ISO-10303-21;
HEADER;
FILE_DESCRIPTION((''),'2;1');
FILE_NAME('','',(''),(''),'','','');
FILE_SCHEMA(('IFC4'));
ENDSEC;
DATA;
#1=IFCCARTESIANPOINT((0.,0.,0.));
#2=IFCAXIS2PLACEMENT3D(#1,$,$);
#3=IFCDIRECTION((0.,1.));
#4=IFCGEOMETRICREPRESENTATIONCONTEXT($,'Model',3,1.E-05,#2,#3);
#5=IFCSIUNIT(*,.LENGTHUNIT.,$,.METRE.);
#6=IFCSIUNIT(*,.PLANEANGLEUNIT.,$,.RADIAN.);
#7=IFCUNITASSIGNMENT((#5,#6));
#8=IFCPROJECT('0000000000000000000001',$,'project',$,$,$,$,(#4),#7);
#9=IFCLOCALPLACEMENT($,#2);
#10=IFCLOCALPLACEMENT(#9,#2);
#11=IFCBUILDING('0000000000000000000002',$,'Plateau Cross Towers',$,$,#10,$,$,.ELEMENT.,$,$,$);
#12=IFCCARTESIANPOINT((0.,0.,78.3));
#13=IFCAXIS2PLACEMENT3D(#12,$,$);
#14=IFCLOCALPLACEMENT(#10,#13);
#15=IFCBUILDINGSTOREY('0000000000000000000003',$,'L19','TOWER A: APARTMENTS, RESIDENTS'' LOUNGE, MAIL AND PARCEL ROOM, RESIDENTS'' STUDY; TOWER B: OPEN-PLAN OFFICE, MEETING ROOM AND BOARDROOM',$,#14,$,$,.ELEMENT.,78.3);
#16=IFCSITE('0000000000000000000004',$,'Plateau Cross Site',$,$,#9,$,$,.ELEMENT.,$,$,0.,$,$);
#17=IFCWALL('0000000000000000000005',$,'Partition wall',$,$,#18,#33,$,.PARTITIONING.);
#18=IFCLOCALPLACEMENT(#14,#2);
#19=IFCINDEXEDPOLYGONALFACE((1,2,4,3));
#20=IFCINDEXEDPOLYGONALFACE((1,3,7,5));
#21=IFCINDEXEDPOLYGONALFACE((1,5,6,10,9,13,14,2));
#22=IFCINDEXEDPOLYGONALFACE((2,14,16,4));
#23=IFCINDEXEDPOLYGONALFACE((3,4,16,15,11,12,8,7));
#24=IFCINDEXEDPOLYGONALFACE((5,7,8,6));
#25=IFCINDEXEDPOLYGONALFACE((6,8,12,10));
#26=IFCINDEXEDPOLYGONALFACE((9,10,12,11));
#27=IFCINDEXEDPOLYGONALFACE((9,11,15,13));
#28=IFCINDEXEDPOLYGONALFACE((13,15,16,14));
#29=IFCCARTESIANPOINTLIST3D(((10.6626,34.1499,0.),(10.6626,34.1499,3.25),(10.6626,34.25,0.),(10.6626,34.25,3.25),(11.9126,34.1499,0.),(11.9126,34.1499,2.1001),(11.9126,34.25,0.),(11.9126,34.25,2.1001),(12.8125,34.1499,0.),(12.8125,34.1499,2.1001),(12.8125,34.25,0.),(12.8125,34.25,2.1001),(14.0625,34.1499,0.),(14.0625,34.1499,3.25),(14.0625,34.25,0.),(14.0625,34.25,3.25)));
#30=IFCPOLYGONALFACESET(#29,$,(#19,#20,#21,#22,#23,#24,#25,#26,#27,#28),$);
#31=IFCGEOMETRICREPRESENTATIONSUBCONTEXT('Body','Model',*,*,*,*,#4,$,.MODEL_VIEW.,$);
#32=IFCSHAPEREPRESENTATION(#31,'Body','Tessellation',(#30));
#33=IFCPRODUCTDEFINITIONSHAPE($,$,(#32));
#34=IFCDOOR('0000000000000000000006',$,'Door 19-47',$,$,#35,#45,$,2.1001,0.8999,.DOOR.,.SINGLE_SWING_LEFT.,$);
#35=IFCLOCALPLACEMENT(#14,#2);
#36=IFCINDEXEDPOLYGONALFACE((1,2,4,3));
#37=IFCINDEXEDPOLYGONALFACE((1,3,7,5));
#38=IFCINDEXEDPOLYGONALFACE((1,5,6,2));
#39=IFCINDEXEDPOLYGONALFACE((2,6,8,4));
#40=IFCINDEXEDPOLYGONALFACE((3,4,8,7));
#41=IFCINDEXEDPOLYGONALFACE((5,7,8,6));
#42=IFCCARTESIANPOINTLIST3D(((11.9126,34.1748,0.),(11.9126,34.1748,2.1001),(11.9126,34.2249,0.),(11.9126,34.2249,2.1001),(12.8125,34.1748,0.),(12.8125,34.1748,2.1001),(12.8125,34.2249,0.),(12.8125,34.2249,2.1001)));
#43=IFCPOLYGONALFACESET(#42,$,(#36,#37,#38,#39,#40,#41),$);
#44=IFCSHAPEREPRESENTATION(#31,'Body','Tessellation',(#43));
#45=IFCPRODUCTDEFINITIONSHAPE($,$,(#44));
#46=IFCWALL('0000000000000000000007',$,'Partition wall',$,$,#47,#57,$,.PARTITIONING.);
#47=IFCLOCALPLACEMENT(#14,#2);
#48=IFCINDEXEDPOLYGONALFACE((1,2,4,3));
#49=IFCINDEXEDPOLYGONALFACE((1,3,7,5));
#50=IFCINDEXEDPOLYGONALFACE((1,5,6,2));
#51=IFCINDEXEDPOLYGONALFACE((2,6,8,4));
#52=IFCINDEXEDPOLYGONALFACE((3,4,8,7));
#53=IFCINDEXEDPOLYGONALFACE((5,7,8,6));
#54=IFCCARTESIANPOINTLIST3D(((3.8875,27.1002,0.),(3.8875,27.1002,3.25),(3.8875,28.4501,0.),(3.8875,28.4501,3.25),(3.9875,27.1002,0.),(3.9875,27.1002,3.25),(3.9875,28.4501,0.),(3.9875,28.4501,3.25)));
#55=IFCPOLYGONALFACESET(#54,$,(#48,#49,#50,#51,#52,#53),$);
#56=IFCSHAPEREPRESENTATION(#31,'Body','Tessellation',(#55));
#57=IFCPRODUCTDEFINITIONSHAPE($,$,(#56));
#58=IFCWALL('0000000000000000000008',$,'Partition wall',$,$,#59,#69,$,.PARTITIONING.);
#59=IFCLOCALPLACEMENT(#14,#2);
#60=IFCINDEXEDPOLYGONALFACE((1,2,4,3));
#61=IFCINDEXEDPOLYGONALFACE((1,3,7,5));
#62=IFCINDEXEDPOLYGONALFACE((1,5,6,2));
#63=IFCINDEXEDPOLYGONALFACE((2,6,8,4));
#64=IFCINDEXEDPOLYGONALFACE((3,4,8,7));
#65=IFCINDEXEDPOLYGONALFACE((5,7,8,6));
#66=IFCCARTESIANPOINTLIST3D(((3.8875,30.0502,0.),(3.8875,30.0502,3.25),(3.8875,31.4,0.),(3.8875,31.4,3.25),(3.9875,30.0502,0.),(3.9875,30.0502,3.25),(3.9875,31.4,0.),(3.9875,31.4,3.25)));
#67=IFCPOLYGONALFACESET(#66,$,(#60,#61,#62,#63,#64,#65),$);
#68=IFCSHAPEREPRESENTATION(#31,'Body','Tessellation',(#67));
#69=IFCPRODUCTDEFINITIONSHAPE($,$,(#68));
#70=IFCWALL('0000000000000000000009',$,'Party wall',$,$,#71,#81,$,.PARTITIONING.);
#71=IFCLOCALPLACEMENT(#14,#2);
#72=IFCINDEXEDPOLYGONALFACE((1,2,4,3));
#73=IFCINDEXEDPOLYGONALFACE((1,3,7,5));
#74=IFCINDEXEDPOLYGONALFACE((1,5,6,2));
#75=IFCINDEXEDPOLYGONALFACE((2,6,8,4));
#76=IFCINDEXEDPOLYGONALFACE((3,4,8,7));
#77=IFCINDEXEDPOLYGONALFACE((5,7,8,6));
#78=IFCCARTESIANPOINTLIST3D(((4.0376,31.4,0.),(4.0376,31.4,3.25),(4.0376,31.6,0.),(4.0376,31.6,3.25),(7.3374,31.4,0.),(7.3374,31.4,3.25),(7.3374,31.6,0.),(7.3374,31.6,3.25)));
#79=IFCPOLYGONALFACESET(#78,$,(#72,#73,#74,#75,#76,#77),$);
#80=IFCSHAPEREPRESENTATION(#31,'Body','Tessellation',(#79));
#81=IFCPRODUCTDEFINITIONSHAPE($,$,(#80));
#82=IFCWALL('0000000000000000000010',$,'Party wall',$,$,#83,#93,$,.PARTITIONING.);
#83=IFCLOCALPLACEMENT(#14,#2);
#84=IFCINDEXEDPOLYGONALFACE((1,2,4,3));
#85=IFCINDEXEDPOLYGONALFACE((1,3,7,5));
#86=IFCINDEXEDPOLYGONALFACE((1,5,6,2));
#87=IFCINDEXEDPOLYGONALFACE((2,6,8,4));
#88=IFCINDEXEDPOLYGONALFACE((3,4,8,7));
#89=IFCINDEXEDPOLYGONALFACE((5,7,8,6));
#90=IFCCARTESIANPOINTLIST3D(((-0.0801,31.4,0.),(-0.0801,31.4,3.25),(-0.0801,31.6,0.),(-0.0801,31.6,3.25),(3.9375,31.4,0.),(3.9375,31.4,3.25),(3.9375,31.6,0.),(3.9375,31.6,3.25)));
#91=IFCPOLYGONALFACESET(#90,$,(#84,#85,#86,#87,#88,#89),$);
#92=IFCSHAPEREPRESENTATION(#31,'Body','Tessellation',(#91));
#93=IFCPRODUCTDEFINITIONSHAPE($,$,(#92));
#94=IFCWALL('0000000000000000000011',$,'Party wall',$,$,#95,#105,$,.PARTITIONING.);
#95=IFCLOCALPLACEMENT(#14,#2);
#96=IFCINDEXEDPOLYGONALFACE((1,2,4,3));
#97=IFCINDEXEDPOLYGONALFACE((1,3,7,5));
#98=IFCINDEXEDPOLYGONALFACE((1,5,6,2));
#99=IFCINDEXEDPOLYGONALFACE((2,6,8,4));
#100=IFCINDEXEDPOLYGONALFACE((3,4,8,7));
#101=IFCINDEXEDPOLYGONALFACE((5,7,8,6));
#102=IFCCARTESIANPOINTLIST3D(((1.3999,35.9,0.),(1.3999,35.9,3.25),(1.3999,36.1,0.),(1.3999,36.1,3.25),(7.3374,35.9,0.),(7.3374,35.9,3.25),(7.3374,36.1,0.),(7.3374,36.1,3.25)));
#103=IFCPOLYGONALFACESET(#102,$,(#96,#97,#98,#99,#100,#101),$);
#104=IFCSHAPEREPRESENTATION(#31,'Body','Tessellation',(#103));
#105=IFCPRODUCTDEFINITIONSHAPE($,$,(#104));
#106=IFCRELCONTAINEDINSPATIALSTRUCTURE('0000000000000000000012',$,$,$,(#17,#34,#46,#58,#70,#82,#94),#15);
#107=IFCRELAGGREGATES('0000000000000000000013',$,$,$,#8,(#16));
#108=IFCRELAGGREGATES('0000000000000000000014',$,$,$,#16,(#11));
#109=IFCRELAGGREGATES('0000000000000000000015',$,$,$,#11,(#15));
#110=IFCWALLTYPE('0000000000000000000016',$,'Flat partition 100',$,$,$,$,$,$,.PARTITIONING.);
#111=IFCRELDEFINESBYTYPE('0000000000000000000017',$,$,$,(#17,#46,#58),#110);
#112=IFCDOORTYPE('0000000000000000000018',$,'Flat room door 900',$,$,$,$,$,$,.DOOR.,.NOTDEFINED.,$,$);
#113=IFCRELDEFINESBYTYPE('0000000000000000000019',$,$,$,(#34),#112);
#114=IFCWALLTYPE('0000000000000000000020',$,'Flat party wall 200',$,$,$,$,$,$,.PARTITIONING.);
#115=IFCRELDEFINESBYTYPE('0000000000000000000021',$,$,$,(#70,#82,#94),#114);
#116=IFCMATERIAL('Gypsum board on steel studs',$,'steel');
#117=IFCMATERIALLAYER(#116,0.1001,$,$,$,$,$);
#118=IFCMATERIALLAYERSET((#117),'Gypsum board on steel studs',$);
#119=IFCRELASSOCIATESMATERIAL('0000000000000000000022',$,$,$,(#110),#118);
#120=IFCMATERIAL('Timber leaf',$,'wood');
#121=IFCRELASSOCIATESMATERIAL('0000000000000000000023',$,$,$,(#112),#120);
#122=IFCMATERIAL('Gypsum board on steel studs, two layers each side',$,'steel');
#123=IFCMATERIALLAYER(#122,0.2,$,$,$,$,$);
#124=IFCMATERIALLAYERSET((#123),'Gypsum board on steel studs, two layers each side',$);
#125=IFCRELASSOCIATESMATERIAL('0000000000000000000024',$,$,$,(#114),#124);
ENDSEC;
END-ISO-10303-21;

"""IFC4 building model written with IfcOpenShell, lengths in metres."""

from ifc_helpers import new_model, si_unit, direction, frame, frame_2d, origin, place, context, subcontext, project, spatial, rectangle, extrude, material, layer, layer_set, type_object, element, fill, save


model = new_model("IFC4")

# Units and contexts
model_context = context("Model", 3, precision=1e-05, world=origin(), true_north=direction((0.0, 1.0)))
body_context = subcontext(model_context, "Body", "Model", "MODEL_VIEW")
ifc_project = project(units=[si_unit("LENGTHUNIT", "METRE"), si_unit("PLANEANGLEUNIT", "RADIAN")], contexts=[model_context])

# Site, building, storey
site_placement = place(None, origin())
site = spatial("IfcSite", under=ifc_project, at=site_placement, Name="Plateau Cross Site", CompositionType="ELEMENT", RefElevation=0.0)
building_placement = place(site_placement, origin())
building = spatial("IfcBuilding", under=site, at=building_placement, Name="Plateau Cross Towers", CompositionType="ELEMENT")
storey_placement = place(building_placement, frame((0.0, 0.0, 78.3)))
storey = spatial("IfcBuildingStorey", under=building, at=storey_placement, Name="L19", Description="TOWER A: APARTMENTS, RESIDENTS' LOUNGE, MAIL AND PARCEL ROOM, RESIDENTS' STUDY; TOWER B: OPEN-PLAN OFFICE, MEETING ROOM AND BOARDROOM", CompositionType="ELEMENT", Elevation=78.3)

# Wall, opening, door
ifc_material_1 = material(Name="Gypsum board on steel studs", Category="steel")
ifc_layer_1 = layer(ifc_material_1, 0.1001)
ifc_layer_set_1 = layer_set([ifc_layer_1], Name="Gypsum board on steel studs")
wall_type_1 = type_object("IfcWallType", Name="Flat partition 100", PredefinedType="PARTITIONING", material=ifc_layer_set_1)
ifc_material_2 = material(Name="Timber leaf", Category="wood")
door_type = type_object("IfcDoorType", Name="Flat room door 900", OperationType="NOTDEFINED", PredefinedType="DOOR", material=ifc_material_2)
wall_1_placement = place(storey_placement, frame((10.6626, 34.2, 0.0), z_axis=(0.0, 0.0, 1.0), x_axis=(1.0, 0.0, 0.0)))
wall_1 = element("IfcWall", 1, at=wall_1_placement, inside=storey, type_object=wall_type_1, Name="Partition wall", PredefinedType="PARTITIONING", context=body_context, shape_type="SweptSolid", body=[
    extrude(rectangle(XDim=3.3999, YDim=0.1001, at=frame_2d((1.7, 0.0))), origin(), (0.0, 0.0, 1.0), 3.25),
])
opening_1_placement = place(wall_1_placement, frame((1.25, 0.0, 0.0)))
opening_1 = element("IfcOpeningElement", 2, at=opening_1_placement, cuts=wall_1, PredefinedType="OPENING", context=body_context, shape_type="SweptSolid", body=[
    extrude(rectangle(XDim=0.8999, YDim=2.1001, at=frame_2d((0.45, 1.05))), frame((0.0, 0.0601, 0.0), z_axis=(0.0, -1.0, 0.0), x_axis=(1.0, 0.0, 0.0)), (0.0, 0.0, 1.0), 0.1201),
])
door_1_placement = place(opening_1_placement, origin())
door_1 = element("IfcDoor", 3, at=door_1_placement, inside=storey, type_object=door_type, Name="Door 19-47", OperationType="SINGLE_SWING_LEFT", OverallHeight=2.1001, OverallWidth=0.8999, PredefinedType="DOOR", context=body_context, shape_type="SweptSolid", body=[
    extrude(rectangle(XDim=0.8999, YDim=2.1001, at=frame_2d((0.45, 1.05))), frame((0.0, 0.0249, 0.0), z_axis=(0.0, -1.0, 0.0), x_axis=(1.0, 0.0, 0.0)), (0.0, 0.0, 1.0), 0.05),
])
fill(opening_1, door_1)

# Walls
for number, where, z_axis, x_axis, name in (
    (4, (3.9375, 28.45, 0.0), (0.0, 0.0, 1.0), (0.0, -1.0, 0.0), "Partition wall"),
    (5, (3.9375, 31.3999, 0.0), (0.0, 0.0, 1.0), (0.0, -1.0, 0.0), "Partition wall"),
):
    element("IfcWall", number, at=place(storey_placement, frame(where, z_axis=z_axis, x_axis=x_axis)), inside=storey, type_object=wall_type_1, Name=name, PredefinedType="PARTITIONING", context=body_context, shape_type="SweptSolid", body=[
        extrude(rectangle(XDim=1.3499, YDim=0.1001, at=frame_2d((0.6748, 0.0))), origin(), (0.0, 0.0, 1.0), 3.25),
    ])
ifc_material_3 = material(Name="Gypsum board on steel studs, two layers each side", Category="steel")
ifc_layer_2 = layer(ifc_material_3, 0.2)
ifc_layer_set_2 = layer_set([ifc_layer_2], Name="Gypsum board on steel studs, two layers each side")
wall_type_2 = type_object("IfcWallType", Name="Flat party wall 200", PredefinedType="PARTITIONING", material=ifc_layer_set_2)
wall_2_placement = place(storey_placement, frame((7.3374, 31.5, 0.0), z_axis=(0.0, 0.0, 1.0), x_axis=(-1.0, 0.0, 0.0)))
element("IfcWall", 6, at=wall_2_placement, inside=storey, type_object=wall_type_2, Name="Party wall", PredefinedType="PARTITIONING", context=body_context, shape_type="SweptSolid", body=[
    extrude(rectangle(XDim=3.2998, YDim=0.2, at=frame_2d((1.6499, 0.0))), origin(), (0.0, 0.0, 1.0), 3.25),
])
wall_3_placement = place(storey_placement, frame((-0.0801, 31.5, 0.0), z_axis=(0.0, 0.0, 1.0), x_axis=(1.0, 0.0, 0.0)))
element("IfcWall", 7, at=wall_3_placement, inside=storey, type_object=wall_type_2, Name="Party wall", PredefinedType="PARTITIONING", context=body_context, shape_type="SweptSolid", body=[
    extrude(rectangle(XDim=4.0176, YDim=0.2, at=frame_2d((2.0088, 0.0))), origin(), (0.0, 0.0, 1.0), 3.25),
])
wall_4_placement = place(storey_placement, frame((7.3374, 36.0, 0.0), z_axis=(0.0, 0.0, 1.0), x_axis=(-1.0, 0.0, 0.0)))
element("IfcWall", 8, at=wall_4_placement, inside=storey, type_object=wall_type_2, Name="Party wall", PredefinedType="PARTITIONING", context=body_context, shape_type="SweptSolid", body=[
    extrude(rectangle(XDim=5.9375, YDim=0.2, at=frame_2d((2.9688, 0.0))), origin(), (0.0, 0.0, 1.0), 3.25),
])

save(model, "model.ifc")
